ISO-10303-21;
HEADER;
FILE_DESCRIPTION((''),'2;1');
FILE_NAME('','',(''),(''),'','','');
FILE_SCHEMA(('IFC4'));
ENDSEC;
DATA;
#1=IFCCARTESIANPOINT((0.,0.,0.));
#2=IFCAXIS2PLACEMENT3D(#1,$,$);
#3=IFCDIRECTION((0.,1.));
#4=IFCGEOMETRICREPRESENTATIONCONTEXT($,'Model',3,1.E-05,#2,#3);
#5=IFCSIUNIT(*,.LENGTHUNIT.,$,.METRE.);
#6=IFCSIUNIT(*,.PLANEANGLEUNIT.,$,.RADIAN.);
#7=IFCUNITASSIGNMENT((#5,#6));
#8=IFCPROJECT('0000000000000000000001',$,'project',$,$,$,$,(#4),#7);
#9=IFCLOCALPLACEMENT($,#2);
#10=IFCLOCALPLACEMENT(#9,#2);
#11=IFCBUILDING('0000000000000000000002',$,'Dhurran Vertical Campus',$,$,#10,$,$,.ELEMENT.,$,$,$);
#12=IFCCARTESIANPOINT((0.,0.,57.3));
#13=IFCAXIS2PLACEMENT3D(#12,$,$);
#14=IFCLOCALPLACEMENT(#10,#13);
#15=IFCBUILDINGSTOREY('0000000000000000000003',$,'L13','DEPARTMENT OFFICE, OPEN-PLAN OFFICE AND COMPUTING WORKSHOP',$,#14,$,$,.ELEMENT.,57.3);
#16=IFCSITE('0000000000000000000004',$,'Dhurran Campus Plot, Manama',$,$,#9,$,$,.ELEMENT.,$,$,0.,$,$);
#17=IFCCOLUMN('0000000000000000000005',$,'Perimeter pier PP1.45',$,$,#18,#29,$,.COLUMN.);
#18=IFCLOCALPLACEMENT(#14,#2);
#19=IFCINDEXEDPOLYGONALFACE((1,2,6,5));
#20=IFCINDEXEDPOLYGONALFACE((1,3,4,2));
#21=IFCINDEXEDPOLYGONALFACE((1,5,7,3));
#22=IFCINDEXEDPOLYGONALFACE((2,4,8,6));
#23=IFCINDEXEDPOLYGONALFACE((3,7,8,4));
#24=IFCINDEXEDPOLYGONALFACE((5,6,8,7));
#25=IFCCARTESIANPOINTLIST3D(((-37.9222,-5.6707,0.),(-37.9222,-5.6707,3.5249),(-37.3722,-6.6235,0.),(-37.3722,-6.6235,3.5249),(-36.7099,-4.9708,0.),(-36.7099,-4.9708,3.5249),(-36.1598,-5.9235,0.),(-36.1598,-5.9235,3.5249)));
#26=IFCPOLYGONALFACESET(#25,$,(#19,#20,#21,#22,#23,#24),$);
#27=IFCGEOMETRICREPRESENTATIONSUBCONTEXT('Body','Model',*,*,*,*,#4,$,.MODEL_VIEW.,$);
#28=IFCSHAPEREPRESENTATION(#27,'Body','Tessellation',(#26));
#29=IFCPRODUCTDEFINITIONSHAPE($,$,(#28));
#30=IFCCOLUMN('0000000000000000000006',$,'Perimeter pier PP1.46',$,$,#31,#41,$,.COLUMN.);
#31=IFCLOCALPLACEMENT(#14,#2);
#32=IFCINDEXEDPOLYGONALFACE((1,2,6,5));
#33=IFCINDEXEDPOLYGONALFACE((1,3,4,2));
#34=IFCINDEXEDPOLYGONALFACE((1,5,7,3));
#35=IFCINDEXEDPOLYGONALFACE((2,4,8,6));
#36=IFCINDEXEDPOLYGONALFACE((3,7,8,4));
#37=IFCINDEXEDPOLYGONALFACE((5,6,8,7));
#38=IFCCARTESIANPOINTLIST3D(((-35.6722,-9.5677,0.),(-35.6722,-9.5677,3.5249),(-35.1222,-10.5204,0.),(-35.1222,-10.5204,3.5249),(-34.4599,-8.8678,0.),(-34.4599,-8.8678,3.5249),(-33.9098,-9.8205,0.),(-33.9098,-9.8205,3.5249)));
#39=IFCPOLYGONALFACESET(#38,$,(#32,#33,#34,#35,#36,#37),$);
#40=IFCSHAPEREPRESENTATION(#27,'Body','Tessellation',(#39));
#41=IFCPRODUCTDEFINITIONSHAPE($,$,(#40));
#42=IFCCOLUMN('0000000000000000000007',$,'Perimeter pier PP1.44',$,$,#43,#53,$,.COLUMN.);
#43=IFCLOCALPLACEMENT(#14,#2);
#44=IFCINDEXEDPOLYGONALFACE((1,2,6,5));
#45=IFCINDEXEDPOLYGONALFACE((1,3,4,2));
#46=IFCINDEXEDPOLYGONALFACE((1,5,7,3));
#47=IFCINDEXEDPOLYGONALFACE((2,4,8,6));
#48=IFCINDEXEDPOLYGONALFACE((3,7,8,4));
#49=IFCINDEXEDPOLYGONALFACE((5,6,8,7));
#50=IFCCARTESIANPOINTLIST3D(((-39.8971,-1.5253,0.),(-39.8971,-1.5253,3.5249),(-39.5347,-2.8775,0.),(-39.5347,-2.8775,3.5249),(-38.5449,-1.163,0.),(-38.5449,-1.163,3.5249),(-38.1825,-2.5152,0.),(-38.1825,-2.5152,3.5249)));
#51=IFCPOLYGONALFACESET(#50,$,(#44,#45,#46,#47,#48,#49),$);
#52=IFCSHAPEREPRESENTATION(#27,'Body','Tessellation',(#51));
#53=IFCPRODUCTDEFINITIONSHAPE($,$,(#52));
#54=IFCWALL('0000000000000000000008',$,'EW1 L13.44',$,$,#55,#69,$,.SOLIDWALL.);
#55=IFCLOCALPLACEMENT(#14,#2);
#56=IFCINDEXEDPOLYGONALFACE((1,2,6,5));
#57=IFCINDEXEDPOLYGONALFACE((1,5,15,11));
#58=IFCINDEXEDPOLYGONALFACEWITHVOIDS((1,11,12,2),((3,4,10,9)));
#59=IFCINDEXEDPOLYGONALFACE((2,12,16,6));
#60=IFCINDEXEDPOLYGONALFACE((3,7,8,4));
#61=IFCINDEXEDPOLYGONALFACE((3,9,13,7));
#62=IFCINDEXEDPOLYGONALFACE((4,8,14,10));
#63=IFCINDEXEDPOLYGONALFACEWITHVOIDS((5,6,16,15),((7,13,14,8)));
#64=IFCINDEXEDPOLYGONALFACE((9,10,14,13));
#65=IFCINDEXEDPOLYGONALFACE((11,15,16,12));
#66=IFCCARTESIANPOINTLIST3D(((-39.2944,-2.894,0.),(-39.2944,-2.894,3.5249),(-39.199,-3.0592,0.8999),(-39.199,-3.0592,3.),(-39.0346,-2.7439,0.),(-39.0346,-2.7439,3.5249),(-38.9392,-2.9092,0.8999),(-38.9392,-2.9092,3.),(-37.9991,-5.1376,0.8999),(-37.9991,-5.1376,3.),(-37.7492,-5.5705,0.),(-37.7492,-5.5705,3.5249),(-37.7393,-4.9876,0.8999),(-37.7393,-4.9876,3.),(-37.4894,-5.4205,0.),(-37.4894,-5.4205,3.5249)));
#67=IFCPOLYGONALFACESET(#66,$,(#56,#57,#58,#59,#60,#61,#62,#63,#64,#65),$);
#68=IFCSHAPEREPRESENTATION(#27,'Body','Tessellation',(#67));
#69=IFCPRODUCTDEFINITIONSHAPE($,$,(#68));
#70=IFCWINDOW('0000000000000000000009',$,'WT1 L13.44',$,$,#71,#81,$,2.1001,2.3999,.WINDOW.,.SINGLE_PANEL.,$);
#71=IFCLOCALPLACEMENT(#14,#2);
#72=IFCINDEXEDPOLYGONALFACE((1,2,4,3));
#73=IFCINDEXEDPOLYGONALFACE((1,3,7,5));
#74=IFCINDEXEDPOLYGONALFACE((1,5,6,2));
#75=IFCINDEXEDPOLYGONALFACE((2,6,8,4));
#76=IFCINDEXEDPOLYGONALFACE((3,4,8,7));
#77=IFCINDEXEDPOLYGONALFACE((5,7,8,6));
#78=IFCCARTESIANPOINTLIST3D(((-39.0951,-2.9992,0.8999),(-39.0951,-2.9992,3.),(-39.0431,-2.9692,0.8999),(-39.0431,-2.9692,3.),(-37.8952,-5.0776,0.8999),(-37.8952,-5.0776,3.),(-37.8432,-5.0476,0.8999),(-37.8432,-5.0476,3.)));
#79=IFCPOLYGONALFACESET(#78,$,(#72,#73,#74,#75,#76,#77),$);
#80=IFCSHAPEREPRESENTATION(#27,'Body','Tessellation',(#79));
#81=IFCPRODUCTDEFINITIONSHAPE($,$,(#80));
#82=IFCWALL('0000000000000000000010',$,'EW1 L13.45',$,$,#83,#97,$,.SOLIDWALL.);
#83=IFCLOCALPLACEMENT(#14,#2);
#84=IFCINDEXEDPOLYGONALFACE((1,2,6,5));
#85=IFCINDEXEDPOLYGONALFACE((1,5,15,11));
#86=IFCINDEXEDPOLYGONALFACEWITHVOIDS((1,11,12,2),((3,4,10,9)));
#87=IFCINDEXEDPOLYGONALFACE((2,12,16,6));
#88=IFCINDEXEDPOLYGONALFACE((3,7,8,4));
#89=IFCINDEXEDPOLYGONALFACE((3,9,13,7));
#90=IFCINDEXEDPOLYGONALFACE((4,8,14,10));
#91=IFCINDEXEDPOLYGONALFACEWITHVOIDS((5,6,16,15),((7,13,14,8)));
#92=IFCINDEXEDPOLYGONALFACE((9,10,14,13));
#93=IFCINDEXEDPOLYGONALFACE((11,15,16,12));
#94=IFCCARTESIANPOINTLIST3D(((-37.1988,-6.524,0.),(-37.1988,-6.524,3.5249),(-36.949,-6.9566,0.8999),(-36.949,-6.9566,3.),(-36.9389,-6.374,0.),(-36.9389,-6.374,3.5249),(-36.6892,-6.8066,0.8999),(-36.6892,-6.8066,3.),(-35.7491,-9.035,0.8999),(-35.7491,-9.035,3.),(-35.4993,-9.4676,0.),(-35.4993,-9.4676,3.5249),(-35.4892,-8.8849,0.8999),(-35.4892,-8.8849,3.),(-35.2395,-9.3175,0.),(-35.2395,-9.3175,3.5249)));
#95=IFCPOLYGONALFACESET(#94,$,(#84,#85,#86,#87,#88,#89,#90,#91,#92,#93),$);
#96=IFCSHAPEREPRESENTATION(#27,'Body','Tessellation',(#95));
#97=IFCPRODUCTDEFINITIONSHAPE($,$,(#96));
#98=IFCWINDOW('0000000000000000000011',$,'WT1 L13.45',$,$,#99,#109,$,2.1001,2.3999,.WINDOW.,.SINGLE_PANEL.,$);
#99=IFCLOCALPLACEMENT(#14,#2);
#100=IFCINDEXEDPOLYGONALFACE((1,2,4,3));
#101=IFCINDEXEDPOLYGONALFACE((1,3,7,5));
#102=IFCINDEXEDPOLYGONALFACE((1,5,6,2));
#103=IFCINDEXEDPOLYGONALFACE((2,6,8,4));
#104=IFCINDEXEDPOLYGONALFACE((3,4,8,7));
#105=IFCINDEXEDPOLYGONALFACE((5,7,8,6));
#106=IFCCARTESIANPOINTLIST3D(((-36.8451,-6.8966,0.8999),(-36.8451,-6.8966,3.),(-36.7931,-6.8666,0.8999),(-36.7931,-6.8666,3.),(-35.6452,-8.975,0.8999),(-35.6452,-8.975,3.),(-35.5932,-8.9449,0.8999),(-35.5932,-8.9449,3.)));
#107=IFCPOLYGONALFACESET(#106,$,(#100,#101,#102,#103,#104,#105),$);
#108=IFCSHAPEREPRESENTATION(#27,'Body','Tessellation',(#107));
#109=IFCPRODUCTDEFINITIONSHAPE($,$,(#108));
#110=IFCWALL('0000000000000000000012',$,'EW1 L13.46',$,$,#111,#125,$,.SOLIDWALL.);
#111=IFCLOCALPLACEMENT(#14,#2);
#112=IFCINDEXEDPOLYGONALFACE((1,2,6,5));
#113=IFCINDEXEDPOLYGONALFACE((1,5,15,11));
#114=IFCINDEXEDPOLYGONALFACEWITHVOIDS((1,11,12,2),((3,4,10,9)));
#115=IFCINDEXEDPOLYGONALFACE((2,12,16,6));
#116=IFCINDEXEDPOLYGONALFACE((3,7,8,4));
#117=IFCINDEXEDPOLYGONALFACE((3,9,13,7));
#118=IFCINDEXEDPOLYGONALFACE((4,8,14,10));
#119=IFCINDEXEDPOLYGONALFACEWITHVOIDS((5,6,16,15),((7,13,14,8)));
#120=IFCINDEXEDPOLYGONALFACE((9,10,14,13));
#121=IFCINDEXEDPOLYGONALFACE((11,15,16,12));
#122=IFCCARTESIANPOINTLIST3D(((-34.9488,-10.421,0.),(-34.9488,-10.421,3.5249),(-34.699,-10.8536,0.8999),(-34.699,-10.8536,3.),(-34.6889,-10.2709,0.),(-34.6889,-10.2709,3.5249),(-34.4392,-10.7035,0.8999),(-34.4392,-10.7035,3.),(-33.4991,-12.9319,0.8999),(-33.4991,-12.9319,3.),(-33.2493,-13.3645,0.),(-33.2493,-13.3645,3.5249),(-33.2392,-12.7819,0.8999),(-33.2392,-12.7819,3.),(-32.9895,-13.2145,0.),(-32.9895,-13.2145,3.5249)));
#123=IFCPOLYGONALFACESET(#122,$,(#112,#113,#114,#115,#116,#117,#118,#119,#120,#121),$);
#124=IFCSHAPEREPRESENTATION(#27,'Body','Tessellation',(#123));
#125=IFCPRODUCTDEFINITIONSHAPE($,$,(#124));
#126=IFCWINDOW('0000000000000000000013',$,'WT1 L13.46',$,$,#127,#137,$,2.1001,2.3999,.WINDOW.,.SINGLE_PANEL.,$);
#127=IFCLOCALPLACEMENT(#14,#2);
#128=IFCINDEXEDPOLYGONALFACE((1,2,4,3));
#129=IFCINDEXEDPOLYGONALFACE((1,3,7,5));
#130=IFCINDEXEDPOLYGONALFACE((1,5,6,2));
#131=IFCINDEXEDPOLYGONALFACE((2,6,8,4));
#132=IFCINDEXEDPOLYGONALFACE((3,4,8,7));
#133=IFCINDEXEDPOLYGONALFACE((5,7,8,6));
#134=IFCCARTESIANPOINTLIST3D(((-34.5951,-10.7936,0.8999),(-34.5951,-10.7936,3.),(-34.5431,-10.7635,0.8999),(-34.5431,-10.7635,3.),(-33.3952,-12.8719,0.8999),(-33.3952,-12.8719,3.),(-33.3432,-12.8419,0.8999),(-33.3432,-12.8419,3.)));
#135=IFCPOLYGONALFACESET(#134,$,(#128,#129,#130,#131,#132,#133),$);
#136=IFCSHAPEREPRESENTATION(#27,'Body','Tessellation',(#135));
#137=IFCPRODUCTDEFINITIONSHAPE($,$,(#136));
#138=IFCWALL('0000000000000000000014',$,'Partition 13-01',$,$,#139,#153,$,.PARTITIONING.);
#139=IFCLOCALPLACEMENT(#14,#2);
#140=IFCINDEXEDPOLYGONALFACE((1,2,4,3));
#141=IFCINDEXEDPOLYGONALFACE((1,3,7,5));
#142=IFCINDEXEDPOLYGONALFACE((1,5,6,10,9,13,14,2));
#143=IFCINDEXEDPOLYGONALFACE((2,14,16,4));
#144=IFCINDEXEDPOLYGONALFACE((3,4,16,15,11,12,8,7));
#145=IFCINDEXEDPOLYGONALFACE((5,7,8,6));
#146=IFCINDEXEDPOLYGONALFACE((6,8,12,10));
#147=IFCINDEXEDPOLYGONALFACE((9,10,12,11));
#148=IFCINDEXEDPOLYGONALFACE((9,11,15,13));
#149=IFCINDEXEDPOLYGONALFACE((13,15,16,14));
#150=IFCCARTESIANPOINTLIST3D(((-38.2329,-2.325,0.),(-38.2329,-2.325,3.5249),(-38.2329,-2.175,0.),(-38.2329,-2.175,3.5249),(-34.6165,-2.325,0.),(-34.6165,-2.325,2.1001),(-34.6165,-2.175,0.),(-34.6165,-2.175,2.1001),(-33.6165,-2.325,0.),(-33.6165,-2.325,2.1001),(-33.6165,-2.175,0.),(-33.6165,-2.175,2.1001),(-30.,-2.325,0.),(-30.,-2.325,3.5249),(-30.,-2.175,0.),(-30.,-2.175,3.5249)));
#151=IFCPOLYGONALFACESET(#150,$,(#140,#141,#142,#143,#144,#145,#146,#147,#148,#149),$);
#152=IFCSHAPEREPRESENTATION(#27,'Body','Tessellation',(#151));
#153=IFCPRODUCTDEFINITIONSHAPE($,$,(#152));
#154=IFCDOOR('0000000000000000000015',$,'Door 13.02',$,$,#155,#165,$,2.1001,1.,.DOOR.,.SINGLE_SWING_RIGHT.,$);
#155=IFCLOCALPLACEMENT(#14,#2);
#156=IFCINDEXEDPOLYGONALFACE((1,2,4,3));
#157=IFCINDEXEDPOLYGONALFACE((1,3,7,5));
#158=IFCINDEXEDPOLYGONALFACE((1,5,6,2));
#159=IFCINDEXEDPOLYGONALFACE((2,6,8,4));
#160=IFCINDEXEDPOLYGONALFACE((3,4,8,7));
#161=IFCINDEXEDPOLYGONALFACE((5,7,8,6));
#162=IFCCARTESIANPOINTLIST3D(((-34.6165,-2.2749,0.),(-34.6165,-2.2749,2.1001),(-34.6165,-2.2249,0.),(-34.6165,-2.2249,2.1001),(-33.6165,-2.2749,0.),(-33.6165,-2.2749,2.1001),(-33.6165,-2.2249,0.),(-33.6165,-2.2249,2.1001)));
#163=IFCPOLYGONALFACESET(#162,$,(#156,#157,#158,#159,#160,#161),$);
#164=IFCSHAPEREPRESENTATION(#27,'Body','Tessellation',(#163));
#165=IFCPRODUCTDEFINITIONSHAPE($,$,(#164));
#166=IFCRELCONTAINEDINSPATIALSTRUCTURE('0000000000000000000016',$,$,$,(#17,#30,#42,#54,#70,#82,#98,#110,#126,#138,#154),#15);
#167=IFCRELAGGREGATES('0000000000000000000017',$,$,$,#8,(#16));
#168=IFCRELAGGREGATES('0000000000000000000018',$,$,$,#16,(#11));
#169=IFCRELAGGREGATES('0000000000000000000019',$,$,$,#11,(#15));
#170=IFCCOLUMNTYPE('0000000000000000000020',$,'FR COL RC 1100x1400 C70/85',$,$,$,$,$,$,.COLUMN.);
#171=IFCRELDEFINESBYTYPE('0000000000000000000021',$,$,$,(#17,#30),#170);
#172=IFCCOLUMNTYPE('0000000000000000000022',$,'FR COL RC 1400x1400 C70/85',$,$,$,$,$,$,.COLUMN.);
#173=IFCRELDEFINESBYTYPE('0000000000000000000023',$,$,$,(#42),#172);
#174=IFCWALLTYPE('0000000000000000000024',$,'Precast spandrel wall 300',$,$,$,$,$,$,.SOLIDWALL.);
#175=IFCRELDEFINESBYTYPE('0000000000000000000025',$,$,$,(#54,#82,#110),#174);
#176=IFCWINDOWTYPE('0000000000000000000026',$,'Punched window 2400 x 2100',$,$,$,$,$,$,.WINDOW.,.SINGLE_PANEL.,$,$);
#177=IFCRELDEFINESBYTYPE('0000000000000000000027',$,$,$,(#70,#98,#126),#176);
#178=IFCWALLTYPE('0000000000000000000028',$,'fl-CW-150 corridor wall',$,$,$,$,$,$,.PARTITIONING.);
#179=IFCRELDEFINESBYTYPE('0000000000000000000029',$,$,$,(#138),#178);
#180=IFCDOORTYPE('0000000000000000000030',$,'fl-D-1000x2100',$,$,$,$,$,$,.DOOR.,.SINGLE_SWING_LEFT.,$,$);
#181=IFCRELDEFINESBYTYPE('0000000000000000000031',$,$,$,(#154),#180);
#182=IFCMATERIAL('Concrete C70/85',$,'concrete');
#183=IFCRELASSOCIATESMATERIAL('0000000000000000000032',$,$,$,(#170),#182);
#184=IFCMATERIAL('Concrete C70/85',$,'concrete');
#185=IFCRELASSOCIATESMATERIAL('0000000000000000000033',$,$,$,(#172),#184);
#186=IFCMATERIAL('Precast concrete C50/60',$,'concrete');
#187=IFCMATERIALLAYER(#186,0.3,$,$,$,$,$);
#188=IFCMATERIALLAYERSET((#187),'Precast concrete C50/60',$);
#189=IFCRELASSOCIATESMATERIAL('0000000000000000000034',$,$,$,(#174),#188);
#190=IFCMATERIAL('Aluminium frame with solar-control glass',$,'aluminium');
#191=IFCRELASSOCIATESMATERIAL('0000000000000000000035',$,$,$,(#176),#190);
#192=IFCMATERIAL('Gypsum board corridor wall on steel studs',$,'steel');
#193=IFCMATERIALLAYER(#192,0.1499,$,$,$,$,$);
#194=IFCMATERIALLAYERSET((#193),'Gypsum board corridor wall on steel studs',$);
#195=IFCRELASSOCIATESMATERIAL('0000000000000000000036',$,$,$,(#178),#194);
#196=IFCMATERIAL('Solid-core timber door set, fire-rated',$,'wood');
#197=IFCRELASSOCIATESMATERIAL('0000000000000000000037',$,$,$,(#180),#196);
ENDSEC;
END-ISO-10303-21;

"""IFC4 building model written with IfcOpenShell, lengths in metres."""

from ifc_helpers import new_model, si_unit, direction, frame, frame_2d, origin, origin_2d, place, context, subcontext, project, spatial, rectangle, extrude, material, layer, layer_set, material_profile, profile_set, type_object, element, fill, save


model = new_model("IFC4")

# Units and contexts
model_context = context("Model", 3, precision=1e-05, world=origin(), true_north=direction((0.0, 1.0)))
body_context = subcontext(model_context, "Body", "Model", "MODEL_VIEW")
ifc_project = project(units=[si_unit("LENGTHUNIT", "METRE"), si_unit("PLANEANGLEUNIT", "RADIAN")], contexts=[model_context])

# Site, building, storey
site_placement = place(None, origin())
site = spatial("IfcSite", under=ifc_project, at=site_placement, Name="Dhurran Campus Plot, Manama", CompositionType="ELEMENT", RefElevation=0.0)
building_placement = place(site_placement, origin())
building = spatial("IfcBuilding", under=site, at=building_placement, Name="Dhurran Vertical Campus", CompositionType="ELEMENT")
storey_placement = place(building_placement, frame((0.0, 0.0, 57.3)))
storey = spatial("IfcBuildingStorey", under=building, at=storey_placement, Name="L13", Description="DEPARTMENT OFFICE, OPEN-PLAN OFFICE AND COMPUTING WORKSHOP", CompositionType="ELEMENT", Elevation=57.3)

# Columns
ifc_material_1 = material(Name="Concrete C70/85", Category="concrete")
ifc_material_profile_1 = material_profile(ifc_material_1, rectangle(XDim=1.1001, YDim=1.3999, at=origin_2d()), Name="RC 1100x1400")
ifc_profile_set_1 = profile_set([ifc_material_profile_1], Name="Concrete C70/85")
column_type_1 = type_object("IfcColumnType", Name="FR COL RC 1100x1400 C70/85", PredefinedType="COLUMN", material=ifc_profile_set_1)
for number, where, z_axis, x_axis, name in (
    (1, (-37.041, -5.7971, 0.0), (0.0, 0.0, 1.0), (0.5, -0.866025, 0.0), "Perimeter pier PP1.45"),
    (2, (-34.791, -9.6941, 0.0), (0.0, 0.0, 1.0), (0.5, -0.866025, 0.0), "Perimeter pier PP1.46"),
):
    element("IfcColumn", number, at=place(storey_placement, frame(where, z_axis=z_axis, x_axis=x_axis)), inside=storey, type_object=column_type_1, Name=name, PredefinedType="COLUMN", context=body_context, shape_type="SweptSolid", body=[
        extrude(rectangle(XDim=1.1001, YDim=1.3999, at=origin_2d()), origin(), (0.0, 0.0, 1.0), 3.5249),
    ])
ifc_material_2 = material(Name="Concrete C70/85", Category="concrete")
ifc_material_profile_2 = material_profile(ifc_material_2, rectangle(XDim=1.3999, YDim=1.3999, at=origin_2d()), Name="RC 1400x1400")
ifc_profile_set_2 = profile_set([ifc_material_profile_2], Name="Concrete C70/85")
column_type_2 = type_object("IfcColumnType", Name="FR COL RC 1400x1400 C70/85", PredefinedType="COLUMN", material=ifc_profile_set_2)
column_placement = place(storey_placement, frame((-39.0398, -2.0203, 0.0), z_axis=(0.0, 0.0, 1.0), x_axis=(0.258819, -0.965926, 0.0)))
element("IfcColumn", 3, at=column_placement, inside=storey, type_object=column_type_2, Name="Perimeter pier PP1.44", PredefinedType="COLUMN", context=body_context, shape_type="SweptSolid", body=[
    extrude(rectangle(XDim=1.3999, YDim=1.3999, at=origin_2d()), origin(), (0.0, 0.0, 1.0), 3.5249),
])

# Walls, openings, windows
ifc_material_3 = material(Name="Precast concrete C50/60", Category="concrete")
ifc_layer_1 = layer(ifc_material_3, 0.3)
ifc_layer_set_1 = layer_set([ifc_layer_1], Name="Precast concrete C50/60")
wall_type_1 = type_object("IfcWallType", Name="Precast spandrel wall 300", PredefinedType="SOLIDWALL", material=ifc_layer_set_1)
wall_1_placement = place(storey_placement, frame((-39.1646, -2.8188, 0.0), z_axis=(0.0, 0.0, 1.0), x_axis=(0.499971, -0.866042, 0.0)))
wall_1 = element("IfcWall", 4, at=wall_1_placement, inside=storey, type_object=wall_type_1, Name="EW1 L13.44", PredefinedType="SOLIDWALL", context=body_context, shape_type="SweptSolid", body=[
    extrude(rectangle(XDim=3.0906, YDim=0.3, at=frame_2d((1.5454, 0.0))), origin(), (0.0, 0.0, 1.0), 3.5249),
])
opening_1_placement = place(wall_1_placement, frame((0.1909, 0.0, 0.8999)))
opening_1 = element("IfcOpeningElement", 5, at=opening_1_placement, cuts=wall_1, PredefinedType="OPENING", context=body_context, shape_type="SweptSolid", body=[
    extrude(rectangle(XDim=2.3999, YDim=2.1001, at=frame_2d((1.2, 1.05))), frame((0.0, 0.1599, 0.0), z_axis=(0.0, -1.0, 0.0), x_axis=(1.0, 0.0, 0.0)), (0.0, 0.0, 1.0), 0.3201),
])
ifc_material_4 = material(Name="Aluminium frame with solar-control glass", Category="aluminium")
window_type = type_object("IfcWindowType", Name="Punched window 2400 x 2100", PartitioningType="SINGLE_PANEL", PredefinedType="WINDOW", material=ifc_material_4)
window_1_placement = place(opening_1_placement, origin())
window_1 = element("IfcWindow", 6, at=window_1_placement, inside=storey, type_object=window_type, Name="WT1 L13.44", OverallHeight=2.1001, OverallWidth=2.3999, PartitioningType="SINGLE_PANEL", PredefinedType="WINDOW", context=body_context, shape_type="SweptSolid", body=[
    extrude(rectangle(XDim=2.3999, YDim=2.1001, at=frame_2d((1.2, 1.05))), frame((0.0, 0.03, 0.0), z_axis=(0.0, -1.0, 0.0), x_axis=(1.0, 0.0, 0.0)), (0.0, 0.0, 1.0), 0.0601),
])
fill(opening_1, window_1)
wall_2_placement = place(storey_placement, frame((-37.0688, -6.449, 0.0), z_axis=(0.0, 0.0, 1.0), x_axis=(0.499994, -0.866029, 0.0)))
wall_2 = element("IfcWall", 7, at=wall_2_placement, inside=storey, type_object=wall_type_1, Name="EW1 L13.45", PredefinedType="SOLIDWALL", context=body_context, shape_type="SweptSolid", body=[
    extrude(rectangle(XDim=3.3989, YDim=0.3, at=frame_2d((1.6995, 0.0))), origin(), (0.0, 0.0, 1.0), 3.5249),
])
opening_2_placement = place(wall_2_placement, frame((0.4995, 0.0, 0.8999)))
opening_2 = element("IfcOpeningElement", 8, at=opening_2_placement, cuts=wall_2, PredefinedType="OPENING", context=body_context, shape_type="SweptSolid", body=[
    extrude(rectangle(XDim=2.3999, YDim=2.1001, at=frame_2d((1.2, 1.05))), frame((0.0, 0.1599, 0.0), z_axis=(0.0, -1.0, 0.0), x_axis=(1.0, 0.0, 0.0)), (0.0, 0.0, 1.0), 0.3201),
])
window_2_placement = place(opening_2_placement, origin())
window_2 = element("IfcWindow", 9, at=window_2_placement, inside=storey, type_object=window_type, Name="WT1 L13.45", OverallHeight=2.1001, OverallWidth=2.3999, PartitioningType="SINGLE_PANEL", PredefinedType="WINDOW", context=body_context, shape_type="SweptSolid", body=[
    extrude(rectangle(XDim=2.3999, YDim=2.1001, at=frame_2d((1.2, 1.05))), frame((0.0, 0.03, 0.0), z_axis=(0.0, -1.0, 0.0), x_axis=(1.0, 0.0, 0.0)), (0.0, 0.0, 1.0), 0.0601),
])
fill(opening_2, window_2)
wall_3_placement = place(storey_placement, frame((-34.8188, -10.3459, 0.0), z_axis=(0.0, 0.0, 1.0), x_axis=(0.499994, -0.866029, 0.0)))
wall_3 = element("IfcWall", 10, at=wall_3_placement, inside=storey, type_object=wall_type_1, Name="EW1 L13.46", PredefinedType="SOLIDWALL", context=body_context, shape_type="SweptSolid", body=[
    extrude(rectangle(XDim=3.3989, YDim=0.3, at=frame_2d((1.6995, 0.0))), origin(), (0.0, 0.0, 1.0), 3.5249),
])
opening_3_placement = place(wall_3_placement, frame((0.4995, 0.0, 0.8999)))
opening_3 = element("IfcOpeningElement", 11, at=opening_3_placement, cuts=wall_3, PredefinedType="OPENING", context=body_context, shape_type="SweptSolid", body=[
    extrude(rectangle(XDim=2.3999, YDim=2.1001, at=frame_2d((1.2, 1.05))), frame((0.0, 0.1599, 0.0), z_axis=(0.0, -1.0, 0.0), x_axis=(1.0, 0.0, 0.0)), (0.0, 0.0, 1.0), 0.3201),
])
window_3_placement = place(opening_3_placement, origin())
window_3 = element("IfcWindow", 12, at=window_3_placement, inside=storey, type_object=window_type, Name="WT1 L13.46", OverallHeight=2.1001, OverallWidth=2.3999, PartitioningType="SINGLE_PANEL", PredefinedType="WINDOW", context=body_context, shape_type="SweptSolid", body=[
    extrude(rectangle(XDim=2.3999, YDim=2.1001, at=frame_2d((1.2, 1.05))), frame((0.0, 0.03, 0.0), z_axis=(0.0, -1.0, 0.0), x_axis=(1.0, 0.0, 0.0)), (0.0, 0.0, 1.0), 0.0601),
])
fill(opening_3, window_3)

# Wall, opening, door
ifc_material_5 = material(Name="Gypsum board corridor wall on steel studs", Category="steel")
ifc_layer_2 = layer(ifc_material_5, 0.1499)
ifc_layer_set_2 = layer_set([ifc_layer_2], Name="Gypsum board corridor wall on steel studs")
wall_type_2 = type_object("IfcWallType", Name="fl-CW-150 corridor wall", PredefinedType="PARTITIONING", material=ifc_layer_set_2)
wall_4_placement = place(storey_placement, frame((-30.0, -2.25, 0.0), z_axis=(0.0, 0.0, 1.0), x_axis=(-1.0, 0.0, 0.0)))
wall_4 = element("IfcWall", 13, at=wall_4_placement, inside=storey, type_object=wall_type_2, Name="Partition 13-01", PredefinedType="PARTITIONING", context=body_context, shape_type="SweptSolid", body=[
    extrude(rectangle(XDim=8.2329, YDim=0.1499, at=frame_2d((4.1165, 0.0))), origin(), (0.0, 0.0, 1.0), 3.5249),
])
opening_4_placement = place(wall_4_placement, frame((3.6165, 0.0, 0.0)))
opening_4 = element("IfcOpeningElement", 14, at=opening_4_placement, cuts=wall_4, PredefinedType="OPENING", context=body_context, shape_type="SweptSolid", body=[
    extrude(rectangle(XDim=1.0, YDim=2.1001, at=frame_2d((0.5, 1.05))), frame((0.0, 0.085, 0.0), z_axis=(0.0, -1.0, 0.0), x_axis=(1.0, 0.0, 0.0)), (0.0, 0.0, 1.0), 0.1699),
])
ifc_material_6 = material(Name="Solid-core timber door set, fire-rated", Category="wood")
door_type = type_object("IfcDoorType", Name="fl-D-1000x2100", OperationType="SINGLE_SWING_LEFT", PredefinedType="DOOR", material=ifc_material_6)
door_placement = place(opening_4_placement, origin())
door = element("IfcDoor", 15, at=door_placement, inside=storey, type_object=door_type, Name="Door 13.02", OperationType="SINGLE_SWING_RIGHT", OverallHeight=2.1001, OverallWidth=1.0, PredefinedType="DOOR", context=body_context, shape_type="SweptSolid", body=[
    extrude(rectangle(XDim=1.0, YDim=2.1001, at=frame_2d((0.5, 1.05))), frame((0.0, 0.0249, 0.0), z_axis=(0.0, -1.0, 0.0), x_axis=(1.0, 0.0, 0.0)), (0.0, 0.0, 1.0), 0.05),
])
fill(opening_4, door)

save(model, "model.ifc")
